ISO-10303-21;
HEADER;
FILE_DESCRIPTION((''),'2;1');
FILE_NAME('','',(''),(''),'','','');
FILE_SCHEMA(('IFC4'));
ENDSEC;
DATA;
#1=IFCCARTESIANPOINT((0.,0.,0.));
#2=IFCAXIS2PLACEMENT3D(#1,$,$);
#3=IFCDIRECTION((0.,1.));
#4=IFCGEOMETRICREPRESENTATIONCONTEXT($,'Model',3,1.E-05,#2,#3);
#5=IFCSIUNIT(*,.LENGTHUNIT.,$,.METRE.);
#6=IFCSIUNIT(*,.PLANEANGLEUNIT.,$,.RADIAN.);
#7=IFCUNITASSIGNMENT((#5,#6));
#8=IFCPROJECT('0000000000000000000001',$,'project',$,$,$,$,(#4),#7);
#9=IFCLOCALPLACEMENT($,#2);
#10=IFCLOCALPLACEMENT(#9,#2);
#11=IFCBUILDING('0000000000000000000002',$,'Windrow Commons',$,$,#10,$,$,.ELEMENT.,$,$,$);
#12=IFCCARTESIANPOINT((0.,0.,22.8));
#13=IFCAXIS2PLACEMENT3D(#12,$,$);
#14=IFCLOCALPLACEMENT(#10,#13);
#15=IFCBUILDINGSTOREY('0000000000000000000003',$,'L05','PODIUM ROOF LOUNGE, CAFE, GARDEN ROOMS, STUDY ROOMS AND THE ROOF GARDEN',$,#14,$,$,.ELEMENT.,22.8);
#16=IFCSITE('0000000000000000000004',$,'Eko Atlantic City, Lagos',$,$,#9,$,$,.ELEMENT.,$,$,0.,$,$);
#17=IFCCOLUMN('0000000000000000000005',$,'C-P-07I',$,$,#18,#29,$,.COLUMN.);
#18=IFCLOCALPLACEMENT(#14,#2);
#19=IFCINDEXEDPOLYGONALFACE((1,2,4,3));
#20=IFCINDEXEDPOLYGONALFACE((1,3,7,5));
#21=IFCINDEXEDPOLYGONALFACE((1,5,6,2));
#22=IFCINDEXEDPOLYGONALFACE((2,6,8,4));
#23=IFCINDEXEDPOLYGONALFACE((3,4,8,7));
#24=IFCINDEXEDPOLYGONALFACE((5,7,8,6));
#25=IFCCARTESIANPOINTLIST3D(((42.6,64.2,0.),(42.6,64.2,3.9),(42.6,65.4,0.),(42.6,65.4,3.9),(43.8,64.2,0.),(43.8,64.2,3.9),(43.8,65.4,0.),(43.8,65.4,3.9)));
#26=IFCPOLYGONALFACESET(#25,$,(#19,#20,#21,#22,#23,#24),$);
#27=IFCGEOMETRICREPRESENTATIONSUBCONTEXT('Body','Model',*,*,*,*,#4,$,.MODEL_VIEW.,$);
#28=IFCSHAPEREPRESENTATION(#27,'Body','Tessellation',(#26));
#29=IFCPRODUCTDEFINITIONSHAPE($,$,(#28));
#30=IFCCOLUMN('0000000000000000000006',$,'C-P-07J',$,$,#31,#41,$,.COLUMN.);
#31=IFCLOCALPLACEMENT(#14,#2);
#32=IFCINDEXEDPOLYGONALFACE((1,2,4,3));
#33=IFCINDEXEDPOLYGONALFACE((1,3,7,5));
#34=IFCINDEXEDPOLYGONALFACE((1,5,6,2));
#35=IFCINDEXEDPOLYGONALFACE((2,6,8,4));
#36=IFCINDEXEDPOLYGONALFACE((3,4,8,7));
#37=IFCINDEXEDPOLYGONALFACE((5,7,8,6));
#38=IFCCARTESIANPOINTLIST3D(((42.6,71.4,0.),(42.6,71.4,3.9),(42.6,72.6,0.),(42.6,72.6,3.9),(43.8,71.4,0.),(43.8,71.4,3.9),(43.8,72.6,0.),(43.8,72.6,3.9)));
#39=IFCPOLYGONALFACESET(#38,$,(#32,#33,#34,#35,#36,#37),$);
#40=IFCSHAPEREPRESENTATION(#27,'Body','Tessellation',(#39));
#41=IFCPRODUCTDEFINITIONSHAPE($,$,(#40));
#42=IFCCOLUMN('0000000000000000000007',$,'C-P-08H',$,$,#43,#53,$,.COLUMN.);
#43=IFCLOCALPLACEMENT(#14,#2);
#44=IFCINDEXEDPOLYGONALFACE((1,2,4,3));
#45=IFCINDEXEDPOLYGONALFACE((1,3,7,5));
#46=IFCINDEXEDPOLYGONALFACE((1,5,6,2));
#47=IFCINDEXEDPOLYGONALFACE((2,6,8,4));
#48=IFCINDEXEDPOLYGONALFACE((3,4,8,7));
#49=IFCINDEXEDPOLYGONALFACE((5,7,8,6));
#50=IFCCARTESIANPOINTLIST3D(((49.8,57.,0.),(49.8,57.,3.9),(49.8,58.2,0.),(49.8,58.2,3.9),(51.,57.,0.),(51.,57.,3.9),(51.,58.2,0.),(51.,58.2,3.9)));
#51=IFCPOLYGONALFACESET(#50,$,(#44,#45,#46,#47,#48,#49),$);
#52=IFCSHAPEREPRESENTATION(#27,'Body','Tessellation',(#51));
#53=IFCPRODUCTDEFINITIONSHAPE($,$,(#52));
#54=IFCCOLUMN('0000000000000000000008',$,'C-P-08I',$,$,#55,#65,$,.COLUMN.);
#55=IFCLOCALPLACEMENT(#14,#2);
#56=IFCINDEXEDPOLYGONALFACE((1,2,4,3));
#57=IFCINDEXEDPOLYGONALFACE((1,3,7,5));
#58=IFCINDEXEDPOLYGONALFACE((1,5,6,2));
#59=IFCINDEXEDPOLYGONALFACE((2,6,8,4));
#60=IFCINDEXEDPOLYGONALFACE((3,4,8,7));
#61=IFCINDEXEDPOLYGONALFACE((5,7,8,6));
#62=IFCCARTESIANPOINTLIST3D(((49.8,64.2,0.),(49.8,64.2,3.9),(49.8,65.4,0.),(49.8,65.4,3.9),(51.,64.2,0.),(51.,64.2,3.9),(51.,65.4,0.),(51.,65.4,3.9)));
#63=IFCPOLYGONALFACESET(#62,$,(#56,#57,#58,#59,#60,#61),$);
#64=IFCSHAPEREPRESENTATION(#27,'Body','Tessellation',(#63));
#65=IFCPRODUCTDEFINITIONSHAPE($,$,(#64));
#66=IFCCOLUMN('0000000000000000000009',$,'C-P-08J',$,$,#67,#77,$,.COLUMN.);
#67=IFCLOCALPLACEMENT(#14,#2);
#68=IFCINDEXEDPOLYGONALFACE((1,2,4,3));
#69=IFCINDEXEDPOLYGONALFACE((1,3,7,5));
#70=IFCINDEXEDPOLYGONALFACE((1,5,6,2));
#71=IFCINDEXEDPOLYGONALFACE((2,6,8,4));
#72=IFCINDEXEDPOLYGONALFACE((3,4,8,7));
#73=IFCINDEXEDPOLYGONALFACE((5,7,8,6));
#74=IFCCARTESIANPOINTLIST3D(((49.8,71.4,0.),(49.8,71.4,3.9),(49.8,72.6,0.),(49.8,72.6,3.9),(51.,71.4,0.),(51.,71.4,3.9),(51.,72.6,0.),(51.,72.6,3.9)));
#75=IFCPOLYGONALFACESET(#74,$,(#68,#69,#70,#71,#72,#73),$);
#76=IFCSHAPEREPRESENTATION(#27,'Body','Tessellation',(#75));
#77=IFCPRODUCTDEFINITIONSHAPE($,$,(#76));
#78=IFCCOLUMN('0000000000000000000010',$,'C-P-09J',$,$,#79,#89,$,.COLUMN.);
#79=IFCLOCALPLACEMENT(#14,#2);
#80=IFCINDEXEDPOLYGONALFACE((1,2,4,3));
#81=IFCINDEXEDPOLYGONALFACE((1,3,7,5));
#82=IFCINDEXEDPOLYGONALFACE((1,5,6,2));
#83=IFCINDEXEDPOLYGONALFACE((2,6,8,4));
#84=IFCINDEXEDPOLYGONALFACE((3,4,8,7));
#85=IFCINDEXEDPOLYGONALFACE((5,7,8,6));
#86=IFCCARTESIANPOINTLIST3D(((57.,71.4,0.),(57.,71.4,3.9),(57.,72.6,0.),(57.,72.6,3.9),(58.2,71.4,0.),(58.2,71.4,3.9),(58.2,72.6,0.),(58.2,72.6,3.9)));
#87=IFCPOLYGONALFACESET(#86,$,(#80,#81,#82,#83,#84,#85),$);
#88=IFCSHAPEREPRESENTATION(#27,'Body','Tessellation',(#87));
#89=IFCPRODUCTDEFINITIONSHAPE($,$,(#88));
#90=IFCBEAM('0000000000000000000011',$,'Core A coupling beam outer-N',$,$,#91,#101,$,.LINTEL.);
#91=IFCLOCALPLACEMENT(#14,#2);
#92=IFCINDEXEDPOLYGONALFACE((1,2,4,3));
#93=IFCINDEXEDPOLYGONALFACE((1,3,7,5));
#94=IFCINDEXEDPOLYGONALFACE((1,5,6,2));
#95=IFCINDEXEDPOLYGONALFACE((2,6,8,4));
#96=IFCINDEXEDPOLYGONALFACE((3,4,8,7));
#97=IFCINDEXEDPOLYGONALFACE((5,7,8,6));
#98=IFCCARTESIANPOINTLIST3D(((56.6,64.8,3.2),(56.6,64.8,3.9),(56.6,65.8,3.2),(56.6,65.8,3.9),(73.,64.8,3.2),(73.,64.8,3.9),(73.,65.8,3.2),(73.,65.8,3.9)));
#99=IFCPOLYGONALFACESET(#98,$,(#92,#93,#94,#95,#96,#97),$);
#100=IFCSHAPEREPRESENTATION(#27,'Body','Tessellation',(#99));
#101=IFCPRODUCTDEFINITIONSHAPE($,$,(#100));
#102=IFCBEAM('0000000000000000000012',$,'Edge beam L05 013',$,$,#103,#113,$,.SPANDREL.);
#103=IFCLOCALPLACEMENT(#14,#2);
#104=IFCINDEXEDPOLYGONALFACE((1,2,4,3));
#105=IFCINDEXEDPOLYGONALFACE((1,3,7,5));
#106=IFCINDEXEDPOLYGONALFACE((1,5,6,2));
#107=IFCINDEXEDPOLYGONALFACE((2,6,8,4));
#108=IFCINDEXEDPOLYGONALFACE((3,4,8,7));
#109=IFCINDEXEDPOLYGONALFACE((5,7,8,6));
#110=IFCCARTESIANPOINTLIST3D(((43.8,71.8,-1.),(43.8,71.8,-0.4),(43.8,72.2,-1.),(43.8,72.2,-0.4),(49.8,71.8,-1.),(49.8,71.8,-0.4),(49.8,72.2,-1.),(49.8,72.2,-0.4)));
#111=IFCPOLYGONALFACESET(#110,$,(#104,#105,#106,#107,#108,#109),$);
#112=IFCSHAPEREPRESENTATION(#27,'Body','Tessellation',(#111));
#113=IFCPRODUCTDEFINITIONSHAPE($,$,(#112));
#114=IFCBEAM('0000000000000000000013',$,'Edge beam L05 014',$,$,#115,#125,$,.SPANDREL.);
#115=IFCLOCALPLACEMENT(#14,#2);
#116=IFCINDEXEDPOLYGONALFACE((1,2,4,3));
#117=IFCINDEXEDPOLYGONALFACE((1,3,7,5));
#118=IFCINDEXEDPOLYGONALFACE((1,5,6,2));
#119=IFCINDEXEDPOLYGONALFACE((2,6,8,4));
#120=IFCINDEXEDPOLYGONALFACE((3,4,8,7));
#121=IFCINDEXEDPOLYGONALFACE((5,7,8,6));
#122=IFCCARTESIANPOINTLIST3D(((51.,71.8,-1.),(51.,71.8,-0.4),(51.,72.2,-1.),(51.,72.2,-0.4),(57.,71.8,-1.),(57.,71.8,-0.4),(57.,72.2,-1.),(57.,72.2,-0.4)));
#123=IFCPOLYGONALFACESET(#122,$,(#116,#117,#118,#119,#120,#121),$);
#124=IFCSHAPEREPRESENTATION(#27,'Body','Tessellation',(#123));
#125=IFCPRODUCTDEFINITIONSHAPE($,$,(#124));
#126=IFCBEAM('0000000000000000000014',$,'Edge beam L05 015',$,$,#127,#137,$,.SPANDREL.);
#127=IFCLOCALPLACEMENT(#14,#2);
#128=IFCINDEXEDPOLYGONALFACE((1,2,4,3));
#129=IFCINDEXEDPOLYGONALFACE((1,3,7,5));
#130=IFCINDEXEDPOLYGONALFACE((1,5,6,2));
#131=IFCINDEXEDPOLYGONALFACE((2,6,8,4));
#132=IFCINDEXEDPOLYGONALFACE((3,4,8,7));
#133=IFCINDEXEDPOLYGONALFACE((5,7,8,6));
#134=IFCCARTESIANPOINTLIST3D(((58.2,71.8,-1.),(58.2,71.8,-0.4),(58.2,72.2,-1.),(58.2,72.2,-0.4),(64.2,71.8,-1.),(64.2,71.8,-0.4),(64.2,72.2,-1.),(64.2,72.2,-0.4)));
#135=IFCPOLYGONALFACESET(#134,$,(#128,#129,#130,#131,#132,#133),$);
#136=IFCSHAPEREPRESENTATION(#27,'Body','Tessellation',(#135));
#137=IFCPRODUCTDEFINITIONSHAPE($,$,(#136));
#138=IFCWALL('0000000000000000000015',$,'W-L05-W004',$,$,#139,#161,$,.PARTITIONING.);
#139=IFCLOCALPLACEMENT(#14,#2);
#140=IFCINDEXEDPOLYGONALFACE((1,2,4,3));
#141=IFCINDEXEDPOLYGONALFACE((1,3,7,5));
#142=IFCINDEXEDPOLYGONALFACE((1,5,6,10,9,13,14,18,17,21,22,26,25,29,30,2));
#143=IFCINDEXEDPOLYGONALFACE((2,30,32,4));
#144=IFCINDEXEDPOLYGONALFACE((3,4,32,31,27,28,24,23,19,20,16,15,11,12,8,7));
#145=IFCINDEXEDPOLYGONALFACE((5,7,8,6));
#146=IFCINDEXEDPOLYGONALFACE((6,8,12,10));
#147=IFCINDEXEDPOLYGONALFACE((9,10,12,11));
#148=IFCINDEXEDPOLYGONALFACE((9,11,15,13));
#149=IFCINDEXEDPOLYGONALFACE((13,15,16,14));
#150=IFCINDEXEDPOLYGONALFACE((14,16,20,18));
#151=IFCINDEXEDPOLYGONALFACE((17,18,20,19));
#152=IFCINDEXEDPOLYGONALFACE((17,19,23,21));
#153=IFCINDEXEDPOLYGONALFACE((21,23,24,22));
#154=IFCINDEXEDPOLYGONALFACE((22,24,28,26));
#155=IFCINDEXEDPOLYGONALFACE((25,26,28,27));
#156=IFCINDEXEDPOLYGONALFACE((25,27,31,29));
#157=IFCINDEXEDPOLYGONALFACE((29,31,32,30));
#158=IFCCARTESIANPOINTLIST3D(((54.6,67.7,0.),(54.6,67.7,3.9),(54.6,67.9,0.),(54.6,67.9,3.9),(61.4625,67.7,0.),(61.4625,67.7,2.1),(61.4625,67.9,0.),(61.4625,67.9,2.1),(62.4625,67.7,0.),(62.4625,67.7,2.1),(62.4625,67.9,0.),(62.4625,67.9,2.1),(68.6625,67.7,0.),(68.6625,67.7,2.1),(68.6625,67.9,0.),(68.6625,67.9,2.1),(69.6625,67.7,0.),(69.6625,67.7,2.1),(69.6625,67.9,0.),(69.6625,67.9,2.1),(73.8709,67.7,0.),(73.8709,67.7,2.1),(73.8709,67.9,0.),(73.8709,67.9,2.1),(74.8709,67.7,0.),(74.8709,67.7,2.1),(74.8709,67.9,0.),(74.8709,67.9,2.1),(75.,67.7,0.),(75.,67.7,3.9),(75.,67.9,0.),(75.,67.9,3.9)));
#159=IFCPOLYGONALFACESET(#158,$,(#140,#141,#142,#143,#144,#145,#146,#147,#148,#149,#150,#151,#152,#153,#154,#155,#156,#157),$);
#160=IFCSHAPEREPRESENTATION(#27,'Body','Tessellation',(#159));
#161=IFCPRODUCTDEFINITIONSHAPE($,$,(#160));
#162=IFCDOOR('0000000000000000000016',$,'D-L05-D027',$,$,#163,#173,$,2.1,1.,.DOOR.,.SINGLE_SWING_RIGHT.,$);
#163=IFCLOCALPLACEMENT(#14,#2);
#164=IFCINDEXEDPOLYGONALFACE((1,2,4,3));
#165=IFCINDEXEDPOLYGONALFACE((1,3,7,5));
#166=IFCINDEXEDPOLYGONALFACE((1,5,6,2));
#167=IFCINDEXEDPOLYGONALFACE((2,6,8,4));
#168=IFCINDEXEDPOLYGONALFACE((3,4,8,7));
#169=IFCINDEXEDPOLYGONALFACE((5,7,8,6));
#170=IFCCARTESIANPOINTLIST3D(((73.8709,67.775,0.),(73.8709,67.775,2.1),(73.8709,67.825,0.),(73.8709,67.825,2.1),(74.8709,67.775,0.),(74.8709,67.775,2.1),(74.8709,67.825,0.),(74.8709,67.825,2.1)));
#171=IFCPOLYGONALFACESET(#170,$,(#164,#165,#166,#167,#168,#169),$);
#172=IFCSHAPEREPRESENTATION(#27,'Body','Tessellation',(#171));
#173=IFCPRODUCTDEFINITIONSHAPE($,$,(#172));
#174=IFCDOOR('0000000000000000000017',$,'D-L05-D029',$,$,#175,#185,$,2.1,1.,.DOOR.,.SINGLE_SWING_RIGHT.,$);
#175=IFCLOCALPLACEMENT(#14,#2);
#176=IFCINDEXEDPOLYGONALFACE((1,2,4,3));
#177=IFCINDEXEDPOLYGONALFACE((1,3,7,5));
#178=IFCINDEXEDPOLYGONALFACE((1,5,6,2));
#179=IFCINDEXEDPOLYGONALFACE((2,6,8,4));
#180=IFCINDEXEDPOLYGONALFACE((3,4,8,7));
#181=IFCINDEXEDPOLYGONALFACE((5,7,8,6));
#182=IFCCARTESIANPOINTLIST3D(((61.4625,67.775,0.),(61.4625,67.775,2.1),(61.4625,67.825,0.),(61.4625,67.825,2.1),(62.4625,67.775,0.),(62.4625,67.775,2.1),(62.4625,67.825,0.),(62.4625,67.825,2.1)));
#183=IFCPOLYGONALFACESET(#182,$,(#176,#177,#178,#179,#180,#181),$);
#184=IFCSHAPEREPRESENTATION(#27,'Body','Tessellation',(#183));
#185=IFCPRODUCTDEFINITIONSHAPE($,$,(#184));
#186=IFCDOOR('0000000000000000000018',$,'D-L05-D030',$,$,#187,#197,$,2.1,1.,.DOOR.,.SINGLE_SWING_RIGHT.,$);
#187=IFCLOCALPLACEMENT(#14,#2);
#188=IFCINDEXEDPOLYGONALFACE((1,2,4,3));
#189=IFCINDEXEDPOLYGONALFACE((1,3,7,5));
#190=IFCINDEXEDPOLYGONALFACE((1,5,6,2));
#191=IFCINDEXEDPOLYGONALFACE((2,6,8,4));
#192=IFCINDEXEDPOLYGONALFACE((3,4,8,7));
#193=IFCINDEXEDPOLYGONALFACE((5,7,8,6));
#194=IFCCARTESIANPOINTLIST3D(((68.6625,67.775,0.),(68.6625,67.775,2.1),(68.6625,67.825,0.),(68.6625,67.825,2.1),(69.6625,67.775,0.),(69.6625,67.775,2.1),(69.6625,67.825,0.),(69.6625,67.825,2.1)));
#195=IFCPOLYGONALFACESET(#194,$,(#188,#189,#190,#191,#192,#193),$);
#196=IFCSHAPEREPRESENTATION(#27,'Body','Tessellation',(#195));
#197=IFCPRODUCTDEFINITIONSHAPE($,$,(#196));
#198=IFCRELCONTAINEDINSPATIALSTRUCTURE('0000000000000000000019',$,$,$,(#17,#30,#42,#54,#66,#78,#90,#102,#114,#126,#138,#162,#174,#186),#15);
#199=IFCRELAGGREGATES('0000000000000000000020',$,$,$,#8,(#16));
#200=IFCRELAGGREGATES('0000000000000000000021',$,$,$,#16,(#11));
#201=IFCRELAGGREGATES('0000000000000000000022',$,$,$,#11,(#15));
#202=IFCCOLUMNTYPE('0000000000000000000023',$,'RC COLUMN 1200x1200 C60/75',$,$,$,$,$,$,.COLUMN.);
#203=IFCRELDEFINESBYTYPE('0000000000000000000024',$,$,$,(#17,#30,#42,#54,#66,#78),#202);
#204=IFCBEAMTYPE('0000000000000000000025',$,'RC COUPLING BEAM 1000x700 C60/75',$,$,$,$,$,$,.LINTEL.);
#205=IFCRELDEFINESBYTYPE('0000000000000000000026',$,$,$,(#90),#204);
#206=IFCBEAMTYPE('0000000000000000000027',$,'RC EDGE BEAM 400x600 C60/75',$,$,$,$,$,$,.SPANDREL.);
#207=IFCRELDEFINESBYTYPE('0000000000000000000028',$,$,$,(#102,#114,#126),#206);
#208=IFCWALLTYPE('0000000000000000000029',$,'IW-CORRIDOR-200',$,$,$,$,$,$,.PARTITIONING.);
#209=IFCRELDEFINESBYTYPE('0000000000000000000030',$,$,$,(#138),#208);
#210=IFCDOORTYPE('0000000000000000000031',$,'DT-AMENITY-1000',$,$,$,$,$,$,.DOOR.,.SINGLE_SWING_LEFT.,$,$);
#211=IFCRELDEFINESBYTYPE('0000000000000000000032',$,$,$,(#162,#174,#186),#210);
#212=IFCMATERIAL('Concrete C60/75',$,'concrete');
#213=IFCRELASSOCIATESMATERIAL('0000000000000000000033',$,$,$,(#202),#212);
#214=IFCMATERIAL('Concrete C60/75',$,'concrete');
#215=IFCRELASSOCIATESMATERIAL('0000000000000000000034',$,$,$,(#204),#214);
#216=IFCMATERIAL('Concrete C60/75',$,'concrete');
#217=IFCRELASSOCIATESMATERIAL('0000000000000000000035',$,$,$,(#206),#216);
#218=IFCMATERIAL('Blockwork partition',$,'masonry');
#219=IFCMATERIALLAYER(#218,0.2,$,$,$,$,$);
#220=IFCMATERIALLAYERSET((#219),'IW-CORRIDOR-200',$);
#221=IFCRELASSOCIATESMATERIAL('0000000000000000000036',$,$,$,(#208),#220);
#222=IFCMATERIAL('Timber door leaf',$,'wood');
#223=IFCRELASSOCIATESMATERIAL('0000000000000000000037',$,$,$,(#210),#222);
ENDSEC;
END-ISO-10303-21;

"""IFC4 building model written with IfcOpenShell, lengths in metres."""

from ifc_helpers import new_model, si_unit, direction, frame, frame_2d, origin, origin_2d, place, context, subcontext, project, spatial, rectangle, extrude, material, layer, layer_set, material_profile, profile_set, type_object, element, fill, save


model = new_model("IFC4")

# Units and contexts
model_context = context("Model", 3, precision=1e-05, world=origin(), true_north=direction((0.0, 1.0)))
body_context = subcontext(model_context, "Body", "Model", "MODEL_VIEW")
ifc_project = project(units=[si_unit("LENGTHUNIT", "METRE"), si_unit("PLANEANGLEUNIT", "RADIAN")], contexts=[model_context])

# Site, building, storey
site_placement = place(None, origin())
site = spatial("IfcSite", under=ifc_project, at=site_placement, Name="Eko Atlantic City, Lagos", CompositionType="ELEMENT", RefElevation=0.0)
building_placement = place(site_placement, origin())
building = spatial("IfcBuilding", under=site, at=building_placement, Name="Windrow Commons", CompositionType="ELEMENT")
storey_placement = place(building_placement, frame((0.0, 0.0, 22.8)))
storey = spatial("IfcBuildingStorey", under=building, at=storey_placement, Name="L05", Description="PODIUM ROOF LOUNGE, CAFE, GARDEN ROOMS, STUDY ROOMS AND THE ROOF GARDEN", CompositionType="ELEMENT", Elevation=22.8)

# Columns
ifc_material_1 = material(Name="Concrete C60/75", Category="concrete")
ifc_material_profile_1 = material_profile(ifc_material_1, rectangle(XDim=1.2, YDim=1.2, at=origin_2d()))
ifc_profile_set_1 = profile_set([ifc_material_profile_1], Name="Concrete C60/75")
column_type = type_object("IfcColumnType", Name="RC COLUMN 1200x1200 C60/75", PredefinedType="COLUMN", material=ifc_profile_set_1)
for number, where, z_axis, x_axis, name in (
    (1, (43.2, 64.8, 0.0), (0.0, 0.0, 1.0), (1.0, 0.0, 0.0), "C-P-07I"),
    (2, (43.2, 72.0, 0.0), (0.0, 0.0, 1.0), (1.0, 0.0, 0.0), "C-P-07J"),
    (3, (50.4, 57.6, 0.0), (0.0, 0.0, 1.0), (1.0, 0.0, 0.0), "C-P-08H"),
    (4, (50.4, 64.8, 0.0), (0.0, 0.0, 1.0), (1.0, 0.0, 0.0), "C-P-08I"),
    (5, (50.4, 72.0, 0.0), (0.0, 0.0, 1.0), (1.0, 0.0, 0.0), "C-P-08J"),
    (6, (57.6, 72.0, 0.0), (0.0, 0.0, 1.0), (1.0, 0.0, 0.0), "C-P-09J"),
):
    element("IfcColumn", number, at=place(storey_placement, frame(where, z_axis=z_axis, x_axis=x_axis)), inside=storey, type_object=column_type, Name=name, PredefinedType="COLUMN", context=body_context, shape_type="SweptSolid", body=[
        extrude(rectangle(XDim=1.2, YDim=1.2, at=origin_2d()), origin(), (0.0, 0.0, 1.0), 3.9),
    ])

# Beams
ifc_material_2 = material(Name="Concrete C60/75", Category="concrete")
ifc_material_profile_2 = material_profile(ifc_material_2, rectangle(XDim=1.0, YDim=0.7, at=origin_2d()))
ifc_profile_set_2 = profile_set([ifc_material_profile_2], Name="Concrete C60/75")
beam_type_1 = type_object("IfcBeamType", Name="RC COUPLING BEAM 1000x700 C60/75", PredefinedType="LINTEL", material=ifc_profile_set_2)
beam_placement = place(storey_placement, frame((56.6, 65.3, 3.55), z_axis=(1.0, 0.0, 0.0), x_axis=(0.0, 1.0, 0.0)))
element("IfcBeam", 7, at=beam_placement, inside=storey, type_object=beam_type_1, Name="Core A coupling beam outer-N", PredefinedType="LINTEL", context=body_context, shape_type="SweptSolid", body=[
    extrude(rectangle(XDim=1.0, YDim=0.7, at=origin_2d()), origin(), (0.0, 0.0, 1.0), 16.4),
])
ifc_material_3 = material(Name="Concrete C60/75", Category="concrete")
ifc_material_profile_3 = material_profile(ifc_material_3, rectangle(XDim=0.4, YDim=0.6, at=origin_2d()))
ifc_profile_set_3 = profile_set([ifc_material_profile_3], Name="Concrete C60/75")
beam_type_2 = type_object("IfcBeamType", Name="RC EDGE BEAM 400x600 C60/75", PredefinedType="SPANDREL", material=ifc_profile_set_3)
for number, where, z_axis, x_axis, name in (
    (8, (43.8, 72.0, -0.7), (1.0, 0.0, 0.0), (0.0, 1.0, 0.0), "Edge beam L05 013"),
    (9, (51.0, 72.0, -0.7), (1.0, 0.0, 0.0), (0.0, 1.0, 0.0), "Edge beam L05 014"),
    (10, (58.2, 72.0, -0.7), (1.0, 0.0, 0.0), (0.0, 1.0, 0.0), "Edge beam L05 015"),
):
    element("IfcBeam", number, at=place(storey_placement, frame(where, z_axis=z_axis, x_axis=x_axis)), inside=storey, type_object=beam_type_2, Name=name, PredefinedType="SPANDREL", context=body_context, shape_type="SweptSolid", body=[
        extrude(rectangle(XDim=0.4, YDim=0.6, at=origin_2d()), origin(), (0.0, 0.0, 1.0), 6.0),
    ])

# Wall, openings, doors
ifc_material_4 = material(Name="Blockwork partition", Category="masonry")
ifc_layer_1 = layer(ifc_material_4, 0.2)
ifc_layer_set_1 = layer_set([ifc_layer_1], Name="IW-CORRIDOR-200")
wall_type_1 = type_object("IfcWallType", Name="IW-CORRIDOR-200", PredefinedType="PARTITIONING", material=ifc_layer_set_1)
wall_1_placement = place(storey_placement, frame((54.6, 67.8, 0.0), z_axis=(0.0, 0.0, 1.0), x_axis=(1.0, 0.0, 0.0)))
wall_1 = element("IfcWall", 11, at=wall_1_placement, inside=storey, type_object=wall_type_1, Name="W-L05-W004", PredefinedType="PARTITIONING", context=body_context, shape_type="SweptSolid", body=[
    extrude(rectangle(XDim=20.4, YDim=0.2, at=frame_2d((10.2, 0.0))), origin(), (0.0, 0.0, 1.0), 3.9),
])
opening_1_placement = place(wall_1_placement, frame((19.2709, 0.0, 0.0)))
opening_1 = element("IfcOpeningElement", 12, at=opening_1_placement, cuts=wall_1, PredefinedType="OPENING", context=body_context, shape_type="SweptSolid", body=[
    extrude(rectangle(XDim=1.0, YDim=2.1, at=frame_2d((0.5, 1.05))), frame((0.0, 0.11, 0.0), z_axis=(0.0, -1.0, 0.0), x_axis=(1.0, 0.0, 0.0)), (0.0, 0.0, 1.0), 0.22),
])
opening_2_placement = place(wall_1_placement, frame((6.8625, 0.0, 0.0)))
opening_2 = element("IfcOpeningElement", 13, at=opening_2_placement, cuts=wall_1, PredefinedType="OPENING", context=body_context, shape_type="SweptSolid", body=[
    extrude(rectangle(XDim=1.0, YDim=2.1, at=frame_2d((0.5, 1.05))), frame((0.0, 0.11, 0.0), z_axis=(0.0, -1.0, 0.0), x_axis=(1.0, 0.0, 0.0)), (0.0, 0.0, 1.0), 0.22),
])
opening_3_placement = place(wall_1_placement, frame((14.0625, 0.0, 0.0)))
opening_3 = element("IfcOpeningElement", 14, at=opening_3_placement, cuts=wall_1, PredefinedType="OPENING", context=body_context, shape_type="SweptSolid", body=[
    extrude(rectangle(XDim=1.0, YDim=2.1, at=frame_2d((0.5, 1.05))), frame((0.0, 0.11, 0.0), z_axis=(0.0, -1.0, 0.0), x_axis=(1.0, 0.0, 0.0)), (0.0, 0.0, 1.0), 0.22),
])
ifc_material_5 = material(Name="Timber door leaf", Category="wood")
door_type_1 = type_object("IfcDoorType", Name="DT-AMENITY-1000", OperationType="SINGLE_SWING_LEFT", PredefinedType="DOOR", material=ifc_material_5)
door_1_placement = place(opening_1_placement, origin())
door_1 = element("IfcDoor", 15, at=door_1_placement, inside=storey, type_object=door_type_1, Name="D-L05-D027", OperationType="SINGLE_SWING_RIGHT", OverallHeight=2.1, OverallWidth=1.0, PredefinedType="DOOR", context=body_context, shape_type="SweptSolid", body=[
    extrude(rectangle(XDim=1.0, YDim=2.1, at=frame_2d((0.5, 1.05))), frame((0.0, 0.025, 0.0), z_axis=(0.0, -1.0, 0.0), x_axis=(1.0, 0.0, 0.0)), (0.0, 0.0, 1.0), 0.05),
])
fill(opening_1, door_1)
door_2_placement = place(opening_2_placement, origin())
door_2 = element("IfcDoor", 16, at=door_2_placement, inside=storey, type_object=door_type_1, Name="D-L05-D029", OperationType="SINGLE_SWING_RIGHT", OverallHeight=2.1, OverallWidth=1.0, PredefinedType="DOOR", context=body_context, shape_type="SweptSolid", body=[
    extrude(rectangle(XDim=1.0, YDim=2.1, at=frame_2d((0.5, 1.05))), frame((0.0, 0.025, 0.0), z_axis=(0.0, -1.0, 0.0), x_axis=(1.0, 0.0, 0.0)), (0.0, 0.0, 1.0), 0.05),
])
fill(opening_2, door_2)
door_3_placement = place(opening_3_placement, origin())
door_3 = element("IfcDoor", 17, at=door_3_placement, inside=storey, type_object=door_type_1, Name="D-L05-D030", OperationType="SINGLE_SWING_RIGHT", OverallHeight=2.1, OverallWidth=1.0, PredefinedType="DOOR", context=body_context, shape_type="SweptSolid", body=[
    extrude(rectangle(XDim=1.0, YDim=2.1, at=frame_2d((0.5, 1.05))), frame((0.0, 0.025, 0.0), z_axis=(0.0, -1.0, 0.0), x_axis=(1.0, 0.0, 0.0)), (0.0, 0.0, 1.0), 0.05),
])
fill(opening_3, door_3)

save(model, "model.ifc")
